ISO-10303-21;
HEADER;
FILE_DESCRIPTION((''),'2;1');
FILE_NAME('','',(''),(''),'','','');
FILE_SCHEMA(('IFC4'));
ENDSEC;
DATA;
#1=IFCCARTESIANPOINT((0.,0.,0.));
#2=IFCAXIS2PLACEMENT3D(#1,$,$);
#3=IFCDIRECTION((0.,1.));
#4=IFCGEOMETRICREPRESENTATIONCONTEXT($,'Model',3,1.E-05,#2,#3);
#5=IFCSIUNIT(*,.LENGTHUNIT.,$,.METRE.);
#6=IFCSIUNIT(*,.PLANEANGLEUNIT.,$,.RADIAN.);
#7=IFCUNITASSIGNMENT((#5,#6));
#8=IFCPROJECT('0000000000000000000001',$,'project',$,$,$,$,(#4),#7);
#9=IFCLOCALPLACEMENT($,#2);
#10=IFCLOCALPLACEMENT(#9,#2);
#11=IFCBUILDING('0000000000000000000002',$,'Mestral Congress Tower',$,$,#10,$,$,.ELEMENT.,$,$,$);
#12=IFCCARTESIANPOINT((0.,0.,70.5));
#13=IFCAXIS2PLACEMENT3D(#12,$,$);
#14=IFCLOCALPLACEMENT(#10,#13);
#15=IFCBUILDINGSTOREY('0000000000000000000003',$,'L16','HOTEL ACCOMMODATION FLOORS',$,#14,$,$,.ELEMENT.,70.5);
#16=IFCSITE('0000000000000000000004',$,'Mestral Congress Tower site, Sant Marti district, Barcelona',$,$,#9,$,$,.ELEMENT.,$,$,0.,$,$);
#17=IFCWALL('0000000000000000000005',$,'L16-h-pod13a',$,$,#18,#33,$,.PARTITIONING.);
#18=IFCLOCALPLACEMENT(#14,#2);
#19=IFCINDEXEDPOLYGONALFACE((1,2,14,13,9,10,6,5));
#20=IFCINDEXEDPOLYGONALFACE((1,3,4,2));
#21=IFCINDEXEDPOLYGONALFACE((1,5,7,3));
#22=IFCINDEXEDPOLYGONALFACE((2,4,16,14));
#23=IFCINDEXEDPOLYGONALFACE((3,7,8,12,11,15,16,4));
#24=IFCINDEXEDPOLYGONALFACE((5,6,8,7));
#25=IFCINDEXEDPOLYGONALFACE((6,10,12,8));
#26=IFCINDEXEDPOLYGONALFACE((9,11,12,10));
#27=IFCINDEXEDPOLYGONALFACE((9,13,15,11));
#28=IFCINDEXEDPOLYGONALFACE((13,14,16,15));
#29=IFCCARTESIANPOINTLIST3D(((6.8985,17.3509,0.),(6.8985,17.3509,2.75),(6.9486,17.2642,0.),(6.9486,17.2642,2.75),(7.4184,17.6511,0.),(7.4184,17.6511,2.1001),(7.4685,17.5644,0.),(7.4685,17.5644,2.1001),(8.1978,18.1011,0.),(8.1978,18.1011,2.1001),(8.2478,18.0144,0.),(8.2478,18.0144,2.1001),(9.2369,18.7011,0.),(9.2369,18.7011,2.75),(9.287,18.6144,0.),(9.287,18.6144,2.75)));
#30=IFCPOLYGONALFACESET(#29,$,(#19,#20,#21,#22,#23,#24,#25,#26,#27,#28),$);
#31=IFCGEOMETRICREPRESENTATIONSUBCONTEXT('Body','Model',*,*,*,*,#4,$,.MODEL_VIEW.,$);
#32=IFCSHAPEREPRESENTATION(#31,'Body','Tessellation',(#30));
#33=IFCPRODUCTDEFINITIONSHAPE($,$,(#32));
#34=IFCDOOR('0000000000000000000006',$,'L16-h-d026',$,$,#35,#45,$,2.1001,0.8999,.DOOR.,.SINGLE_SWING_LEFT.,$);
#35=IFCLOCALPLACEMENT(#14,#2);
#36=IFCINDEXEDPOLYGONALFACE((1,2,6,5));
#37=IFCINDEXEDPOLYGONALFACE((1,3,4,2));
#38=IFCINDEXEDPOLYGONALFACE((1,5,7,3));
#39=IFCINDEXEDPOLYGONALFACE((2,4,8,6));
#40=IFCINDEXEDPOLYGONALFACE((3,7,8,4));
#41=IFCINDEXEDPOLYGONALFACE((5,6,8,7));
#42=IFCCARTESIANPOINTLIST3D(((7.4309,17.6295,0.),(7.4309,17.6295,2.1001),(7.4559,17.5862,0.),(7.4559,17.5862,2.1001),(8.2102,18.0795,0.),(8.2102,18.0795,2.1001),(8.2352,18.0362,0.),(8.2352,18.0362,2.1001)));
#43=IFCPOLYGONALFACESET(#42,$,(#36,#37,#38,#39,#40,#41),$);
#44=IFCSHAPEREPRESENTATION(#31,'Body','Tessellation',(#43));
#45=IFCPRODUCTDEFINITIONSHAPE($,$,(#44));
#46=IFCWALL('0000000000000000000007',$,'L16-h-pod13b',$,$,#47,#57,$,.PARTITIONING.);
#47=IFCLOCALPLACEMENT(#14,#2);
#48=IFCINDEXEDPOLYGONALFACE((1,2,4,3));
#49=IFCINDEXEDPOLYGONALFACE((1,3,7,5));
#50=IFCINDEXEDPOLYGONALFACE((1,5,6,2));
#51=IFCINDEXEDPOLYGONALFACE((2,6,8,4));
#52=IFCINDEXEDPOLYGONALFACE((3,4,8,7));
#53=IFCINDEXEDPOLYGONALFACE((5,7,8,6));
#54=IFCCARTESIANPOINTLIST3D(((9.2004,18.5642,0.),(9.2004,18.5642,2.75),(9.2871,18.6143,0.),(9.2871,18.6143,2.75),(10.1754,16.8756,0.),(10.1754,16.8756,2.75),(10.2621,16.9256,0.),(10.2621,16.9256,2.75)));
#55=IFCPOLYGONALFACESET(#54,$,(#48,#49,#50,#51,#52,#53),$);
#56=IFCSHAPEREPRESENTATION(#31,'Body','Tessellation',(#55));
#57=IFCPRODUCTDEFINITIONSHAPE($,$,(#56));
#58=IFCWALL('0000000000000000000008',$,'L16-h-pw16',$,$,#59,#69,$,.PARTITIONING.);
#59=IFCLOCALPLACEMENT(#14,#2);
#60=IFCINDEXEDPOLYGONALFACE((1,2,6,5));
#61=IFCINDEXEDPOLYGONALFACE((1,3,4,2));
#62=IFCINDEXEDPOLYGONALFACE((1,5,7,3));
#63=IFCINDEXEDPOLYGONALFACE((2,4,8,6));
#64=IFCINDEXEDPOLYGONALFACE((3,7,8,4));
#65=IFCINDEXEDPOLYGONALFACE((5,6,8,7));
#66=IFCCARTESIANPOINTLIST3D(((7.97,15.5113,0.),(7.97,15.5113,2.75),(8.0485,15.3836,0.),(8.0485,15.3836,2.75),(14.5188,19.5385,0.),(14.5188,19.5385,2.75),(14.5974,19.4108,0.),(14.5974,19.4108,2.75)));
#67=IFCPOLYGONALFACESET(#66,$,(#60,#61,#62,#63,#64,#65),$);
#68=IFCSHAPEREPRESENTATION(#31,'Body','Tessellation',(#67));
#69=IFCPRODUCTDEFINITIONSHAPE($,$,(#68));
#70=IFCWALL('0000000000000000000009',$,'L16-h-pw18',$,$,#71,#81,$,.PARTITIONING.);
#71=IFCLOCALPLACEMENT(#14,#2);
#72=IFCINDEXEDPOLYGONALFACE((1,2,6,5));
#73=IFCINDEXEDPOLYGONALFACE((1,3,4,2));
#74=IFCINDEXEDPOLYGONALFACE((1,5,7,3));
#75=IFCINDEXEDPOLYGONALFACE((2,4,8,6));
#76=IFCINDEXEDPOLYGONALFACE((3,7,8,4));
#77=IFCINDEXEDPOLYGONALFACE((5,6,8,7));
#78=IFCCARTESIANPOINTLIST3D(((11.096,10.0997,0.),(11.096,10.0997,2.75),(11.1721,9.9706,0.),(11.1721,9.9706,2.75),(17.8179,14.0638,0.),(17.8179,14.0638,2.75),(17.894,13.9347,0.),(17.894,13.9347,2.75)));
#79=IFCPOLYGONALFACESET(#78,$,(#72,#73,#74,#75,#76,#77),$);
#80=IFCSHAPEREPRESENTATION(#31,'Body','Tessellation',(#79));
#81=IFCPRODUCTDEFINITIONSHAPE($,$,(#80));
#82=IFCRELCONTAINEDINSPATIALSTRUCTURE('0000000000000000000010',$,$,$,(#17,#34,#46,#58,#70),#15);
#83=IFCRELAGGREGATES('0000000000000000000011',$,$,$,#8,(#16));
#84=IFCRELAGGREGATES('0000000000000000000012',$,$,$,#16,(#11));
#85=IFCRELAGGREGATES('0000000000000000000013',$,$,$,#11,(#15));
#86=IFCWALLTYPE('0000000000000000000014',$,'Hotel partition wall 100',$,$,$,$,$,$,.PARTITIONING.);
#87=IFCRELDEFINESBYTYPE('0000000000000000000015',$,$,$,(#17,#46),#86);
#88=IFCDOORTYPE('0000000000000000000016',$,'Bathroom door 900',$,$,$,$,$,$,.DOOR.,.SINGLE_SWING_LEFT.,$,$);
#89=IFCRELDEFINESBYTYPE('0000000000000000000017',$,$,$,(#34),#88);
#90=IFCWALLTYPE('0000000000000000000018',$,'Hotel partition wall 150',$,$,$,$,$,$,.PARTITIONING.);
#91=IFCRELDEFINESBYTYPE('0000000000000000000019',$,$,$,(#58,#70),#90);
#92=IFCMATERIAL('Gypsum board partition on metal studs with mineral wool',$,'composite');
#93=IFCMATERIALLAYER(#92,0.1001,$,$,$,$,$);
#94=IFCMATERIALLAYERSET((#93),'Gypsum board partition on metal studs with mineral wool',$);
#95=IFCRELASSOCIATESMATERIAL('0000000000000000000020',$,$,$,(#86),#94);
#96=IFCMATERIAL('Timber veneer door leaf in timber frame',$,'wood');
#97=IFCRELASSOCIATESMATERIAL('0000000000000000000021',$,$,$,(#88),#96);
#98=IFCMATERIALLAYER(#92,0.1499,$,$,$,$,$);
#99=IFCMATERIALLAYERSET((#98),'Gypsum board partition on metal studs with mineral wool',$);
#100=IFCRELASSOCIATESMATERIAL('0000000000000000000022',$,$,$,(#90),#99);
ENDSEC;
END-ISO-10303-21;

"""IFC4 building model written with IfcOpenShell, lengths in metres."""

from ifc_helpers import new_model, si_unit, direction, frame, frame_2d, origin, place, context, subcontext, project, spatial, rectangle, extrude, material, layer, layer_set, type_object, element, fill, save


model = new_model("IFC4")

# Units and contexts
model_context = context("Model", 3, precision=1e-05, world=origin(), true_north=direction((0.0, 1.0)))
body_context = subcontext(model_context, "Body", "Model", "MODEL_VIEW")
ifc_project = project(units=[si_unit("LENGTHUNIT", "METRE"), si_unit("PLANEANGLEUNIT", "RADIAN")], contexts=[model_context])

# Site, building, storey
site_placement = place(None, origin())
site = spatial("IfcSite", under=ifc_project, at=site_placement, Name="Mestral Congress Tower site, Sant Marti district, Barcelona", CompositionType="ELEMENT", RefElevation=0.0)
building_placement = place(site_placement, origin())
building = spatial("IfcBuilding", under=site, at=building_placement, Name="Mestral Congress Tower", CompositionType="ELEMENT")
storey_placement = place(building_placement, frame((0.0, 0.0, 70.5)))
storey = spatial("IfcBuildingStorey", under=building, at=storey_placement, Name="L16", Description="HOTEL ACCOMMODATION FLOORS", CompositionType="ELEMENT", Elevation=70.5)

# Shared definitions
ifc_material_1 = material(Name="Gypsum board partition on metal studs with mineral wool", Category="composite")
ifc_layer_1 = layer(ifc_material_1, 0.1001)
ifc_layer_set_1 = layer_set([ifc_layer_1], Name="Gypsum board partition on metal studs with mineral wool")
wall_type_1 = type_object("IfcWallType", Name="Hotel partition wall 100", PredefinedType="PARTITIONING", material=ifc_layer_set_1)

# Wall, opening, door
wall_1_placement = place(storey_placement, frame((9.262, 18.6577, 0.0), z_axis=(0.0, 0.0, 1.0), x_axis=(-0.86602, -0.500009, 0.0)))
wall_1 = element("IfcWall", 1, at=wall_1_placement, inside=storey, type_object=wall_type_1, Name="L16-h-pod13a", PredefinedType="PARTITIONING", context=body_context, shape_type="SweptSolid", body=[
    extrude(rectangle(XDim=2.7002, YDim=0.1001, at=frame_2d((1.3501, 0.0))), origin(), (0.0, 0.0, 1.0), 2.75),
])
opening_1_placement = place(wall_1_placement, frame((1.2, 0.0, 0.0)))
opening_1 = element("IfcOpeningElement", 2, at=opening_1_placement, cuts=wall_1, PredefinedType="OPENING", context=body_context, shape_type="SweptSolid", body=[
    extrude(rectangle(XDim=0.8999, YDim=2.1001, at=frame_2d((0.45, 1.05))), frame((0.0, 0.0601, 0.0), z_axis=(0.0, -1.0, 0.0), x_axis=(1.0, 0.0, 0.0)), (0.0, 0.0, 1.0), 0.1201),
])
ifc_material_2 = material(Name="Timber veneer door leaf in timber frame", Category="wood")
door_type = type_object("IfcDoorType", Name="Bathroom door 900", OperationType="SINGLE_SWING_LEFT", PredefinedType="DOOR", material=ifc_material_2)
door_placement = place(opening_1_placement, origin())
door = element("IfcDoor", 3, at=door_placement, inside=storey, type_object=door_type, Name="L16-h-d026", OperationType="SINGLE_SWING_LEFT", OverallHeight=2.1001, OverallWidth=0.8999, PredefinedType="DOOR", context=body_context, shape_type="SweptSolid", body=[
    extrude(rectangle(XDim=0.8999, YDim=2.1001, at=frame_2d((0.45, 1.05))), frame((0.0, 0.0249, 0.0), z_axis=(0.0, -1.0, 0.0), x_axis=(1.0, 0.0, 0.0)), (0.0, 0.0, 1.0), 0.05),
])
fill(opening_1, door)

# Walls
wall_2_placement = place(storey_placement, frame((9.2437, 18.5894, 0.0), z_axis=(0.0, 0.0, 1.0), x_axis=(0.500044, -0.866, 0.0)))
element("IfcWall", 4, at=wall_2_placement, inside=storey, type_object=wall_type_1, Name="L16-h-pod13b", PredefinedType="PARTITIONING", context=body_context, shape_type="SweptSolid", body=[
    extrude(rectangle(XDim=1.95, YDim=0.1001, at=frame_2d((0.9751, 0.0))), origin(), (0.0, 0.0, 1.0), 2.75),
])
ifc_layer_2 = layer(ifc_material_1, 0.1499)
ifc_layer_set_2 = layer_set([ifc_layer_2], Name="Gypsum board partition on metal studs with mineral wool")
wall_type_2 = type_object("IfcWallType", Name="Hotel partition wall 150", PredefinedType="PARTITIONING", material=ifc_layer_set_2)
wall_3_placement = place(storey_placement, frame((14.5581, 19.4746, 0.0), z_axis=(0.0, 0.0, 1.0), x_axis=(-0.851829, -0.523819, 0.0)))
element("IfcWall", 5, at=wall_3_placement, inside=storey, type_object=wall_type_2, Name="L16-h-pw16", PredefinedType="PARTITIONING", context=body_context, shape_type="SweptSolid", body=[
    extrude(rectangle(XDim=7.688, YDim=0.1499, at=frame_2d((3.844, 0.0))), origin(), (0.0, 0.0, 1.0), 2.75),
])
wall_4_placement = place(storey_placement, frame((17.856, 13.9993, 0.0), z_axis=(0.0, 0.0, 1.0), x_axis=(-0.861372, -0.507975, 0.0)))
element("IfcWall", 6, at=wall_4_placement, inside=storey, type_object=wall_type_2, Name="L16-h-pw18", PredefinedType="PARTITIONING", context=body_context, shape_type="SweptSolid", body=[
    extrude(rectangle(XDim=7.8037, YDim=0.1499, at=frame_2d((3.9019, 0.0))), origin(), (0.0, 0.0, 1.0), 2.75),
])

save(model, "model.ifc")
